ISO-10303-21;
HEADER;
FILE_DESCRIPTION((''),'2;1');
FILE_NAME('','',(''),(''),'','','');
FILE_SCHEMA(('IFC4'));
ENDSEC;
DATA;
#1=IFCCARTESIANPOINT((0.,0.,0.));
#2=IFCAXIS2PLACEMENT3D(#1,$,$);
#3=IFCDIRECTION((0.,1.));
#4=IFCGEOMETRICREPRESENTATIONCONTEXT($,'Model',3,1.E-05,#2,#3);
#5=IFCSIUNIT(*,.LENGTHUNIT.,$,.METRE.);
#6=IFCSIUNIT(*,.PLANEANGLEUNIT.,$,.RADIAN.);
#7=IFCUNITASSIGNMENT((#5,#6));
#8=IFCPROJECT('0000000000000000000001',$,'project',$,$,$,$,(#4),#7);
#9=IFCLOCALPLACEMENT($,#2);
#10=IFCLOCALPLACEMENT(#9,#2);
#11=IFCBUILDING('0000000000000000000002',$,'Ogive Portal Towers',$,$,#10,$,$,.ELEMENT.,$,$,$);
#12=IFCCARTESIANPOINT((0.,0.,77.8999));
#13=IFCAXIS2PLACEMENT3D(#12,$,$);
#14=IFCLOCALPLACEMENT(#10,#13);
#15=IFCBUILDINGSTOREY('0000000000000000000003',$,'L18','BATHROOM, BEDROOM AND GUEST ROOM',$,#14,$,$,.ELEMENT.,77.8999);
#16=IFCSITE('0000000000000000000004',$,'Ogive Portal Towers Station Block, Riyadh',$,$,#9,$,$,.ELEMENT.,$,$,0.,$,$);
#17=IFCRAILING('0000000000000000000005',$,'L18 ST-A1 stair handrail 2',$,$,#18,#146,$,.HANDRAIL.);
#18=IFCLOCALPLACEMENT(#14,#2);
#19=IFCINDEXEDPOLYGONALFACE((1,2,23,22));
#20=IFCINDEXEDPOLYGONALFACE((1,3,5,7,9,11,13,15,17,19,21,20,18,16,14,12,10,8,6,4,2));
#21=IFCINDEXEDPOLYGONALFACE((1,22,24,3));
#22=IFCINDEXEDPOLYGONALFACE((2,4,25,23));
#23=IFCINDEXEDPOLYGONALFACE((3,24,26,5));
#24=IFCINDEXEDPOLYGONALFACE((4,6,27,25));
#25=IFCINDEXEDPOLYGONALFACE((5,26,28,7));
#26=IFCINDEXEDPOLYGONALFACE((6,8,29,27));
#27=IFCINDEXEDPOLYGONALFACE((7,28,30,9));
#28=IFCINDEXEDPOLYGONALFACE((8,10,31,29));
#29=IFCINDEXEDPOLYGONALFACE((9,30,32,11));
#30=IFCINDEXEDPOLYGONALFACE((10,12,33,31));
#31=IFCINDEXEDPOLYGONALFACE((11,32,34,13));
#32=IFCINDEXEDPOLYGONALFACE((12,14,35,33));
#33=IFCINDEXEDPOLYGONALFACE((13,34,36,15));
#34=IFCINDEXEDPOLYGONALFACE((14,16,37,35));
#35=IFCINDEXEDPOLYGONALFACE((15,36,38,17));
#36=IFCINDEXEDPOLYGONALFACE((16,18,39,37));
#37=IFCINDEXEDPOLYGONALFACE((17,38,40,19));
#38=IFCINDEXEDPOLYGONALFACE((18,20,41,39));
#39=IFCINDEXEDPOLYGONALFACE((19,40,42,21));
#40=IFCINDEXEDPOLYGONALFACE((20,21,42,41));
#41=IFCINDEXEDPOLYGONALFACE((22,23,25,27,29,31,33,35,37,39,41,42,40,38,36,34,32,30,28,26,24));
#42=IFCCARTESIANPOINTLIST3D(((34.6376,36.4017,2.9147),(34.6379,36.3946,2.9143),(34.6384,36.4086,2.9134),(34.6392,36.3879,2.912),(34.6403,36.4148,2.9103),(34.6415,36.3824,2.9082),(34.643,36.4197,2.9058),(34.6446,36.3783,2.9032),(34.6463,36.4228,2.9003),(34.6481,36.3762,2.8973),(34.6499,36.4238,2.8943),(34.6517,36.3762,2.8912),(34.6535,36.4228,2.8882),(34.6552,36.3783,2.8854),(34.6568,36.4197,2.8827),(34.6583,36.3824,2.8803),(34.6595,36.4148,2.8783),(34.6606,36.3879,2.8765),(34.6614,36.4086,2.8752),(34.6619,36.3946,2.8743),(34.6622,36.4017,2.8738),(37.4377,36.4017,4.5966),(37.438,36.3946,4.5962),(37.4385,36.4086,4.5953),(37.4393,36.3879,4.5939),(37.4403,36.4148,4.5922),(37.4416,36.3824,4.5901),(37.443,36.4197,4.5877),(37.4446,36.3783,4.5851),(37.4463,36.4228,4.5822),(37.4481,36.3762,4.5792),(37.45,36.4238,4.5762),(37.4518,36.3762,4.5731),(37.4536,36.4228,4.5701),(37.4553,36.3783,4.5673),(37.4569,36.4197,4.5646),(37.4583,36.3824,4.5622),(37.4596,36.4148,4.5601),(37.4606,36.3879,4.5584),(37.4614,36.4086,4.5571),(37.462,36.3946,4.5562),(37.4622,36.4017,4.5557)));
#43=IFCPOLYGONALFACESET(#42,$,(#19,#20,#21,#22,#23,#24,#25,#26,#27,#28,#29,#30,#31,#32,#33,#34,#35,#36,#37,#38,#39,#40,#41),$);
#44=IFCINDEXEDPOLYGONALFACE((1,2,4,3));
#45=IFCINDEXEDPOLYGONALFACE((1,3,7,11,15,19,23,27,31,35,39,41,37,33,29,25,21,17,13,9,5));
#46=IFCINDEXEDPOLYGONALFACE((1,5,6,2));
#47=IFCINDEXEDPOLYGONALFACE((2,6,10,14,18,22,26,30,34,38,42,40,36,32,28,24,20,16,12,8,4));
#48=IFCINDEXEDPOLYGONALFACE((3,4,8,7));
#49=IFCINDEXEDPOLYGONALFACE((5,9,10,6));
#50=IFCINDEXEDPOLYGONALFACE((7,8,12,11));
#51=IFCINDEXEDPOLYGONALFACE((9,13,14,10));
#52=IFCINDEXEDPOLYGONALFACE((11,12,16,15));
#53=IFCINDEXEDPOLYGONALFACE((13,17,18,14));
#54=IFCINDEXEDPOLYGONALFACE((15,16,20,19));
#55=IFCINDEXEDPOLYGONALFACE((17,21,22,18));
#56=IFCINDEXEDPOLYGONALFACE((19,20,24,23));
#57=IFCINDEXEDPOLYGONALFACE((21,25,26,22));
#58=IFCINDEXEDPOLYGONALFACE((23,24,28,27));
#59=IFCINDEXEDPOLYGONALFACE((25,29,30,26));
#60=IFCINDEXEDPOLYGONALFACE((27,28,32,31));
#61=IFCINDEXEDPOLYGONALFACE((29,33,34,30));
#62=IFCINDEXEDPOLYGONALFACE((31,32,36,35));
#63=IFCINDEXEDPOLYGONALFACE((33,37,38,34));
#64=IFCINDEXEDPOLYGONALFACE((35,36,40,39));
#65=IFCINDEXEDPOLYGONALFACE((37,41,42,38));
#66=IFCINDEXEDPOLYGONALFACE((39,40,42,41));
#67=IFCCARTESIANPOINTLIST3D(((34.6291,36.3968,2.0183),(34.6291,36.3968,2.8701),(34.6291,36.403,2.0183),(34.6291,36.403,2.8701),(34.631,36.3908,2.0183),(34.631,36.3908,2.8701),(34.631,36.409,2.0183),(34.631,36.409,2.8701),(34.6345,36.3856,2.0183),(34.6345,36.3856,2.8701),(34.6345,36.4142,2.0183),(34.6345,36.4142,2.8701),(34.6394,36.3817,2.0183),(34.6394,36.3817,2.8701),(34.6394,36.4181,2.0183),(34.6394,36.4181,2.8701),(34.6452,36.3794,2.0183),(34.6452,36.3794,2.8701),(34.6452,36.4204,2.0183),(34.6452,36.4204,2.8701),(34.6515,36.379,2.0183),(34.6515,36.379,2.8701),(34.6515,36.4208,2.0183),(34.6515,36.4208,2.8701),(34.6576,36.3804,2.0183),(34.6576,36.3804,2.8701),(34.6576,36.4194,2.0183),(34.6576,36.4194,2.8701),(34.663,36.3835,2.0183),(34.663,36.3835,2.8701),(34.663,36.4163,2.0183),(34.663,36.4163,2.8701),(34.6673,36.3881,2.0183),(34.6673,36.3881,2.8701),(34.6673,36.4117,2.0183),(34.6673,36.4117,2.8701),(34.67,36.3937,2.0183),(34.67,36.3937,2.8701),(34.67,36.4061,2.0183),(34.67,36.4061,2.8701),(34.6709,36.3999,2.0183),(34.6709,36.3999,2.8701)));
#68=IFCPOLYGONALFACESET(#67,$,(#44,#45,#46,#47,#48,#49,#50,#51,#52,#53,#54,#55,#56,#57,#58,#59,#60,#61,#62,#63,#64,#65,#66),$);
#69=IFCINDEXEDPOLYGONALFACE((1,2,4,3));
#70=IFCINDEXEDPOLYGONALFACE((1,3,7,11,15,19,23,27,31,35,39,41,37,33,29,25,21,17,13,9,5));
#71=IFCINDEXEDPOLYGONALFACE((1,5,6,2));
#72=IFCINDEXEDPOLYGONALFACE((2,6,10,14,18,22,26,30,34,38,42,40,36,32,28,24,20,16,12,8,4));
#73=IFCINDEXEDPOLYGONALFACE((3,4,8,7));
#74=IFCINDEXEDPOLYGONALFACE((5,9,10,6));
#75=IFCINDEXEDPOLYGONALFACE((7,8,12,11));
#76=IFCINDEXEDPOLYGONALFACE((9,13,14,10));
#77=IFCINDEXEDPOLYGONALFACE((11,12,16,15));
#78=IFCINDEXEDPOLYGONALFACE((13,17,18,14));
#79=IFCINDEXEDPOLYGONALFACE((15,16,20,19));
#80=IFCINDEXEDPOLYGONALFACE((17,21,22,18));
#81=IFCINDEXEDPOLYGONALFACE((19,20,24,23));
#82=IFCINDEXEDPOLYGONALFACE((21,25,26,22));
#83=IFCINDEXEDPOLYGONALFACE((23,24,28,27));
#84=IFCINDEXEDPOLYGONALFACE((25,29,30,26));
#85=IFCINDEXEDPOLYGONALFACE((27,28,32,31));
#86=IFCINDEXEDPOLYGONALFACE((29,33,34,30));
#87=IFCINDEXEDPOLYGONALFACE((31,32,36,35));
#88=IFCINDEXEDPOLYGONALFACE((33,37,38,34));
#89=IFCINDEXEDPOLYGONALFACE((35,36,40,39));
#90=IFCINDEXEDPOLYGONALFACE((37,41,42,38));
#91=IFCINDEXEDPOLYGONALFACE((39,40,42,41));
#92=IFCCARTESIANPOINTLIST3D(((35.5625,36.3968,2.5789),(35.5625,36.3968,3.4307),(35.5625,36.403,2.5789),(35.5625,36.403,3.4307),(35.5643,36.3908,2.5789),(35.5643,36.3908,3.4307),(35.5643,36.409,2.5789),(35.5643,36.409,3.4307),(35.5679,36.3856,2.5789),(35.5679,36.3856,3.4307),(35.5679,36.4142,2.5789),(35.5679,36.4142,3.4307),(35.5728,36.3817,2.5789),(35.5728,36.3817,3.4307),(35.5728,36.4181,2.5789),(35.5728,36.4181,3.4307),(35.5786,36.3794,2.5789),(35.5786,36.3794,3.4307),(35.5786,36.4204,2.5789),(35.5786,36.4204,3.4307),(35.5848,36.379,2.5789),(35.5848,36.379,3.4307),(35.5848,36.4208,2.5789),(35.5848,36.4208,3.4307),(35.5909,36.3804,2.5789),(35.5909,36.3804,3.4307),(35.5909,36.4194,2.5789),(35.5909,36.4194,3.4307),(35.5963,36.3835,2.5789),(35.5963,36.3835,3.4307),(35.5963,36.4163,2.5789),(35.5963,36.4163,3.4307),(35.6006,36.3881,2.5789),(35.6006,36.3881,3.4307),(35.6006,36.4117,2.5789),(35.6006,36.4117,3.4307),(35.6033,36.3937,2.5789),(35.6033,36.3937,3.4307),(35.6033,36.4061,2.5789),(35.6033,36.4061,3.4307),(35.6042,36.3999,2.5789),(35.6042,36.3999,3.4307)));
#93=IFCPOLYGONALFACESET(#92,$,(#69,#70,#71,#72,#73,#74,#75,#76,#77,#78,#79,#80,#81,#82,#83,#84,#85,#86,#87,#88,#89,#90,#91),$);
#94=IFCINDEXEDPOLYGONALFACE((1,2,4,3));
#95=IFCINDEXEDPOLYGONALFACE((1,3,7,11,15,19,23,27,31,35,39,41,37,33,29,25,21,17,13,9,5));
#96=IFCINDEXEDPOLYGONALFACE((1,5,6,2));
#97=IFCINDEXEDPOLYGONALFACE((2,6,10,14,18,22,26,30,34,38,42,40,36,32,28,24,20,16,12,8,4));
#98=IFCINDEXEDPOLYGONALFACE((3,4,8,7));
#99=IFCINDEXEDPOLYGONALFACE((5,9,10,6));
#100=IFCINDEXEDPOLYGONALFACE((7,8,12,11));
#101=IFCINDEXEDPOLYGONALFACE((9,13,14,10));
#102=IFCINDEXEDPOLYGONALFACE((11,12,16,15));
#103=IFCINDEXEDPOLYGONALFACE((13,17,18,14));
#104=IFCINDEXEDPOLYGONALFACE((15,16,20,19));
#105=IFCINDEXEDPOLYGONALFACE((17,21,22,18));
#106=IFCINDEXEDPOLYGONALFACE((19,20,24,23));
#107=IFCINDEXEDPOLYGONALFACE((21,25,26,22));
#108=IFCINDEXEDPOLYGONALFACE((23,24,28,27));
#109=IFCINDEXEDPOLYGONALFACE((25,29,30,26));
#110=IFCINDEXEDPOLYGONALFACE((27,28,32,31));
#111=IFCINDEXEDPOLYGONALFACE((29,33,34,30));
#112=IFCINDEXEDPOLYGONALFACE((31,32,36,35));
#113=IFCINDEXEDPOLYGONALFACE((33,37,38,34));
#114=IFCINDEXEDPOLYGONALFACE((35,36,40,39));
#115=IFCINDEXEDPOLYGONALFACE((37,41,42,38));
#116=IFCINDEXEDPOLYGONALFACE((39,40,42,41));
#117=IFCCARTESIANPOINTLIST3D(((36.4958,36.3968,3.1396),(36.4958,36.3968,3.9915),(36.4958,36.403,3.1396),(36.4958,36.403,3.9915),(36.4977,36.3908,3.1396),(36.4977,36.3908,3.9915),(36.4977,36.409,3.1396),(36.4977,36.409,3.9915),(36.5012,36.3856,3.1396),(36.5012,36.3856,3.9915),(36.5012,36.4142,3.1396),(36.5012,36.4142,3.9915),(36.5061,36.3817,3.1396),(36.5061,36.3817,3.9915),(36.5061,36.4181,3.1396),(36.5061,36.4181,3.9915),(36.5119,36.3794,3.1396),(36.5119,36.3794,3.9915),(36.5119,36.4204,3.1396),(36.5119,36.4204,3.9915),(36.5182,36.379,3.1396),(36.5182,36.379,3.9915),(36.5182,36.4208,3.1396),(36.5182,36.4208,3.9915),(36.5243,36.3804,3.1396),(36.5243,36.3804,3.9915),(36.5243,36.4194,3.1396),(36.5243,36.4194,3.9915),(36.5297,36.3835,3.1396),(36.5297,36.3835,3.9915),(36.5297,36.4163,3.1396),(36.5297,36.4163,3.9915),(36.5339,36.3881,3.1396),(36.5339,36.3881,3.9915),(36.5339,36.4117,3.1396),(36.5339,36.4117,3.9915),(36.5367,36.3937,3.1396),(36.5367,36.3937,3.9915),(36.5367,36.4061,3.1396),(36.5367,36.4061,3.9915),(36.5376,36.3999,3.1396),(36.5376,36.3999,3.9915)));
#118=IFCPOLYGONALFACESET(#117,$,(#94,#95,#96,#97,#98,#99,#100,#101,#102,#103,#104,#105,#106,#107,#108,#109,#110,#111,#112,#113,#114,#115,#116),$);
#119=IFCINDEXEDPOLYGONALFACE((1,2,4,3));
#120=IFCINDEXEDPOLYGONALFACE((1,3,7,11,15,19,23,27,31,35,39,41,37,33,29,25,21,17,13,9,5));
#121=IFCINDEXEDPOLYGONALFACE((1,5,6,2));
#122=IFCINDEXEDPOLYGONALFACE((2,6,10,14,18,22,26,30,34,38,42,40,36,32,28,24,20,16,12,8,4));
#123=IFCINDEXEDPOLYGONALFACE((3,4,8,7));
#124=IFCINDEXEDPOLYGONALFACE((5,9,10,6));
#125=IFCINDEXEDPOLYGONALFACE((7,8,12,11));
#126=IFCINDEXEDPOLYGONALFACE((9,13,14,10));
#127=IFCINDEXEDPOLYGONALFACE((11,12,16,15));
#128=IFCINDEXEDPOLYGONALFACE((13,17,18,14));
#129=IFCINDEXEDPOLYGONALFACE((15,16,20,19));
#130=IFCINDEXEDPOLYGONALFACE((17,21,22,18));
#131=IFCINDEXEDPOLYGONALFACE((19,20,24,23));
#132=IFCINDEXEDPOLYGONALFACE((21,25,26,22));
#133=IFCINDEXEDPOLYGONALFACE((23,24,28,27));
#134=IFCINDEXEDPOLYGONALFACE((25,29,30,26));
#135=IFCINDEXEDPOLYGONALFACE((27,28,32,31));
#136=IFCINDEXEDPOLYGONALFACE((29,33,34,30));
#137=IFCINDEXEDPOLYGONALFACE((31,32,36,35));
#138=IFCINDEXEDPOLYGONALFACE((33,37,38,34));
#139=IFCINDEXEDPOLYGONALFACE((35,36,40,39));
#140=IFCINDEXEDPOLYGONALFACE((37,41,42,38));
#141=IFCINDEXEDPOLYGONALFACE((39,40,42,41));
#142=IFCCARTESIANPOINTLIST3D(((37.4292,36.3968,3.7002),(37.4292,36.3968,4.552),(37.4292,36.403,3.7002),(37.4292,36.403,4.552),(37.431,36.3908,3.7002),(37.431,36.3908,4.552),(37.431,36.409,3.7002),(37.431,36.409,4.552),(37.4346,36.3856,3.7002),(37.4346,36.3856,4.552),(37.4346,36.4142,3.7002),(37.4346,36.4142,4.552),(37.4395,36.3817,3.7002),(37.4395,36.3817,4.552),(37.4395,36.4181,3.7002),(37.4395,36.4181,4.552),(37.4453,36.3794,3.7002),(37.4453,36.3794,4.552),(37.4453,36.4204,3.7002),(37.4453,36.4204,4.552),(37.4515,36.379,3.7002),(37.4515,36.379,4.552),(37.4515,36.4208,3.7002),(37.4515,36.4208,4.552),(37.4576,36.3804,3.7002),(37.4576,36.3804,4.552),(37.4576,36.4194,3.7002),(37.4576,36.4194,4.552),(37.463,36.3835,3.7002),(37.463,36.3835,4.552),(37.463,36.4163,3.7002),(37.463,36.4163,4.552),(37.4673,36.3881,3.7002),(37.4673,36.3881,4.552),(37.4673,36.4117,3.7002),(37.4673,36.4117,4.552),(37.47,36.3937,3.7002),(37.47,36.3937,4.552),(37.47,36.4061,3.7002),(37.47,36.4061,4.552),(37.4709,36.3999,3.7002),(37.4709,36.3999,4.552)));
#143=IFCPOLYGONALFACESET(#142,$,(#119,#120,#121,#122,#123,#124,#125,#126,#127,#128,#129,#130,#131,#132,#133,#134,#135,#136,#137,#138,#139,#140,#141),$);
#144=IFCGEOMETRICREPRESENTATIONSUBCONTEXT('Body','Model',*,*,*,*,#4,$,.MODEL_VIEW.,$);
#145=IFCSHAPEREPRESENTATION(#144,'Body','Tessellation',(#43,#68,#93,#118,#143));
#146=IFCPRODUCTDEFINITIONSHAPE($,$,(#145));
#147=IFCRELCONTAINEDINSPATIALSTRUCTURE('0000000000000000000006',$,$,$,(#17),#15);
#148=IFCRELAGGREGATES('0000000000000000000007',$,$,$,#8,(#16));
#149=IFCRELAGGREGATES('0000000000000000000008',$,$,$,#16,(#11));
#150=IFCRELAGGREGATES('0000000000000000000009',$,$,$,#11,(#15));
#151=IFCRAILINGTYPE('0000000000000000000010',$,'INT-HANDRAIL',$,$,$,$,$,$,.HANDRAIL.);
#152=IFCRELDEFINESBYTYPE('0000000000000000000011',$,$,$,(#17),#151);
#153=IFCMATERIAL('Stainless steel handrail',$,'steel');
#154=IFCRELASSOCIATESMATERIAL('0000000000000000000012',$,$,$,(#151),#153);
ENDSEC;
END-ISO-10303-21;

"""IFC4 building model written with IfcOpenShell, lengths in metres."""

from ifc_helpers import new_model, si_unit, direction, frame, origin, origin_2d, place, context, subcontext, project, spatial, circle, extrude, material, type_object, element, save


model = new_model("IFC4")

# Units and contexts
model_context = context("Model", 3, precision=1e-05, world=origin(), true_north=direction((0.0, 1.0)))
body_context = subcontext(model_context, "Body", "Model", "MODEL_VIEW")
ifc_project = project(units=[si_unit("LENGTHUNIT", "METRE"), si_unit("PLANEANGLEUNIT", "RADIAN")], contexts=[model_context])

# Site, building, storey
site_placement = place(None, origin())
site = spatial("IfcSite", under=ifc_project, at=site_placement, Name="Ogive Portal Towers Station Block, Riyadh", CompositionType="ELEMENT", RefElevation=0.0)
building_placement = place(site_placement, origin())
building = spatial("IfcBuilding", under=site, at=building_placement, Name="Ogive Portal Towers", CompositionType="ELEMENT")
storey_placement = place(building_placement, frame((0.0, 0.0, 77.8999)))
storey = spatial("IfcBuildingStorey", under=building, at=storey_placement, Name="L18", Description="BATHROOM, BEDROOM AND GUEST ROOM", CompositionType="ELEMENT", Elevation=77.8999)

# Railing
ifc_material_1 = material(Name="Stainless steel handrail", Category="steel")
railing_type_1 = type_object("IfcRailingType", Name="INT-HANDRAIL", PredefinedType="HANDRAIL", material=ifc_material_1)
railing_1_placement = place(storey_placement, frame((34.6499, 36.3999, 2.0183)))
element("IfcRailing", 1, at=railing_1_placement, inside=storey, type_object=railing_type_1, Name="L18 ST-A1 stair handrail 2", PredefinedType="HANDRAIL", context=body_context, shape_type="SweptSolid", body=[
    extrude(circle(Radius=0.0239, at=origin_2d()), frame((0.0, 0.0, 0.876), z_axis=(0.857242, 0.0, 0.514913), x_axis=(0.0, 1.0, 0.0)), (0.0, 0.0, 1.0), 3.2664),
    extrude(circle(Radius=0.021, at=origin_2d()), origin(), (0.0, 0.0, 1.0), 0.8518),
    extrude(circle(Radius=0.021, at=origin_2d()), frame((0.9333, 0.0, 0.5605)), (0.0, 0.0, 1.0), 0.8518),
    extrude(circle(Radius=0.021, at=origin_2d()), frame((1.8667, 0.0, 1.1213)), (0.0, 0.0, 1.0), 0.8518),
    extrude(circle(Radius=0.021, at=origin_2d()), frame((2.8, 0.0, 1.6819)), (0.0, 0.0, 1.0), 0.8518),
])

save(model, "model.ifc")
